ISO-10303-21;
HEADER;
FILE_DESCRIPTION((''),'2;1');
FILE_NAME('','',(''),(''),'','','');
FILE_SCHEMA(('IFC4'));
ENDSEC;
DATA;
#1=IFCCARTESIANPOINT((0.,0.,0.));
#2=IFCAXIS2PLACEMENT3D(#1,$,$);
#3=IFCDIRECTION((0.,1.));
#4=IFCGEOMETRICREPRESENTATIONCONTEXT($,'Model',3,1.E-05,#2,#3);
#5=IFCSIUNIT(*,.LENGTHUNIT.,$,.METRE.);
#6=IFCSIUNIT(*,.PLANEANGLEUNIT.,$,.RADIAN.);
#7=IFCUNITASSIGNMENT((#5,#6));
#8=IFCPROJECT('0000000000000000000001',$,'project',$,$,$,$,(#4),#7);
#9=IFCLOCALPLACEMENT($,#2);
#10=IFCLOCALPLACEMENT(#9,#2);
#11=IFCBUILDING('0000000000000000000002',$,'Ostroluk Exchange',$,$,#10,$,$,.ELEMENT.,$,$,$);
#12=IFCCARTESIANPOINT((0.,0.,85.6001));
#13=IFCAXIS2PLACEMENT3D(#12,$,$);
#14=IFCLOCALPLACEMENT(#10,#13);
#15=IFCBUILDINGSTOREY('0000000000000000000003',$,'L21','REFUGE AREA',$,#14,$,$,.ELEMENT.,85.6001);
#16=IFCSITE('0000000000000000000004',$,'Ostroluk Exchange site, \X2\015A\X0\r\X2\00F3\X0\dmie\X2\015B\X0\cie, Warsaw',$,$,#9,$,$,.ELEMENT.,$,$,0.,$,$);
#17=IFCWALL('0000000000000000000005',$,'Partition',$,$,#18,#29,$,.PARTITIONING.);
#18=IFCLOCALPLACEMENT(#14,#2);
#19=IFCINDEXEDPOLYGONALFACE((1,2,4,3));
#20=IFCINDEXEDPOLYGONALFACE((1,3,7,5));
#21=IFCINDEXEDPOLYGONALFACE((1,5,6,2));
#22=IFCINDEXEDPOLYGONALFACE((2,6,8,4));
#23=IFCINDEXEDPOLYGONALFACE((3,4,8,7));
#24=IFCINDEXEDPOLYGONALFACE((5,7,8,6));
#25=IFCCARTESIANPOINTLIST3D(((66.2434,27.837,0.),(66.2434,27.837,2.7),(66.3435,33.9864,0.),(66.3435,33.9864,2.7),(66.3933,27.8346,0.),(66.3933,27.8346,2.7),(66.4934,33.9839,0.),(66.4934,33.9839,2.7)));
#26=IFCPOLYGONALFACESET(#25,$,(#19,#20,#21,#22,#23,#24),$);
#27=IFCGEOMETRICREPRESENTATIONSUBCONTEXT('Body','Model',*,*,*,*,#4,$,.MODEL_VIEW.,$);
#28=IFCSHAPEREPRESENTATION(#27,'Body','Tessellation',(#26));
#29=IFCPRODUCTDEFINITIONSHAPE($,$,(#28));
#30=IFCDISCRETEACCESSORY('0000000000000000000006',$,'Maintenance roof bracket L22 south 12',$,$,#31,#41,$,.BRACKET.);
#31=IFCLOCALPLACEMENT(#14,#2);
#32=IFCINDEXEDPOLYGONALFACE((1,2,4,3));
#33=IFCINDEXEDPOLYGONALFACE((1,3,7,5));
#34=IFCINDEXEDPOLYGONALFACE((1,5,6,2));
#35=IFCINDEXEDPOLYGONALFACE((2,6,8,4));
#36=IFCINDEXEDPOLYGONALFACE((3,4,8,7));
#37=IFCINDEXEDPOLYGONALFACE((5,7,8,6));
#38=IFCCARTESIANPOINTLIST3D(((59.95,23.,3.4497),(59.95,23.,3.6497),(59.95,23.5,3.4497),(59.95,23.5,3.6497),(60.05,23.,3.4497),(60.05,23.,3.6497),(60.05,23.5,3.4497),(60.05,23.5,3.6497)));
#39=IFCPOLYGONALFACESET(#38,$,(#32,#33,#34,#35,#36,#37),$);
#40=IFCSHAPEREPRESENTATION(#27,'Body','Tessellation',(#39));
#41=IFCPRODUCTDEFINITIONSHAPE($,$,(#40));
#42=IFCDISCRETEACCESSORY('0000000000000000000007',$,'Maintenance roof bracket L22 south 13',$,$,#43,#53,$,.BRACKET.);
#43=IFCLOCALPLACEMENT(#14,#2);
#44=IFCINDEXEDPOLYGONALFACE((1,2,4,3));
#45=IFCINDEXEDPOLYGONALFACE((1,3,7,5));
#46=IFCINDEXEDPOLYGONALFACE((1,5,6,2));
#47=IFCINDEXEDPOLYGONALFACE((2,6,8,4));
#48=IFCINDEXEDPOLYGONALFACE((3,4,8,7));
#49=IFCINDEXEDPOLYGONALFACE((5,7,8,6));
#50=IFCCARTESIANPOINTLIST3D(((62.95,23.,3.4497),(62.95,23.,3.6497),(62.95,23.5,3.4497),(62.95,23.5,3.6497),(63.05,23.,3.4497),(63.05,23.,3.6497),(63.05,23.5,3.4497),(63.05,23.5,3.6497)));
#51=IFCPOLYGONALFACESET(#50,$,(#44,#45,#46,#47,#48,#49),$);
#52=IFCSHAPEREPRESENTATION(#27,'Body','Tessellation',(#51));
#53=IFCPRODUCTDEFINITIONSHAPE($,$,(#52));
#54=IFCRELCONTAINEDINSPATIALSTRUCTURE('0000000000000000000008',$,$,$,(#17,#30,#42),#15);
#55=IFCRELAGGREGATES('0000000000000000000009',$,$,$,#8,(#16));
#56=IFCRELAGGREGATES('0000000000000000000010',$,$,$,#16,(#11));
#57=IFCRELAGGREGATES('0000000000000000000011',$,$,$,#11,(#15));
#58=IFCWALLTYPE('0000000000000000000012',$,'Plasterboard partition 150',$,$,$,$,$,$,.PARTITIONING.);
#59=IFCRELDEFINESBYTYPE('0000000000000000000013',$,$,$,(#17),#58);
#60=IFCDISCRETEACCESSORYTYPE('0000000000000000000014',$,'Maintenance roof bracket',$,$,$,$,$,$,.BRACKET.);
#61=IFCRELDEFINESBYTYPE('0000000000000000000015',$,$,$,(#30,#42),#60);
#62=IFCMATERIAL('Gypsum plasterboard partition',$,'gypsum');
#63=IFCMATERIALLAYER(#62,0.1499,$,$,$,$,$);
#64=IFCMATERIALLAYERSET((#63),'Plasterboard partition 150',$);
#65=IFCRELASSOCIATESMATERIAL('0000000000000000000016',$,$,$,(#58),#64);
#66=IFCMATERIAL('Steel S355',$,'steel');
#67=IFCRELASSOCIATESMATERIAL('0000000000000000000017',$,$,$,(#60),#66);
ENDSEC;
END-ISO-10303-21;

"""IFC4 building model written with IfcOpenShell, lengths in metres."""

from ifc_helpers import new_model, si_unit, direction, frame, frame_2d, origin, origin_2d, place, context, subcontext, project, spatial, rectangle, extrude, material, layer, layer_set, type_object, element, save


model = new_model("IFC4")

# Units and contexts
model_context = context("Model", 3, precision=1e-05, world=origin(), true_north=direction((0.0, 1.0)))
body_context = subcontext(model_context, "Body", "Model", "MODEL_VIEW")
ifc_project = project(units=[si_unit("LENGTHUNIT", "METRE"), si_unit("PLANEANGLEUNIT", "RADIAN")], contexts=[model_context])

# Site, building, storey
site_placement = place(None, origin())
site = spatial("IfcSite", under=ifc_project, at=site_placement, Name="Ostroluk Exchange site, Śródmieście, Warsaw", CompositionType="ELEMENT", RefElevation=0.0)
building_placement = place(site_placement, origin())
building = spatial("IfcBuilding", under=site, at=building_placement, Name="Ostroluk Exchange", CompositionType="ELEMENT")
storey_placement = place(building_placement, frame((0.0, 0.0, 85.6001)))
storey = spatial("IfcBuildingStorey", under=building, at=storey_placement, Name="L21", Description="REFUGE AREA", CompositionType="ELEMENT", Elevation=85.6001)

# Shared definitions
ifc_material_1 = material(Name="Gypsum plasterboard partition", Category="gypsum")
ifc_layer_1 = layer(ifc_material_1, 0.1499)
ifc_layer_set_1 = layer_set([ifc_layer_1], Name="Plasterboard partition 150")
wall_type_1 = type_object("IfcWallType", Name="Plasterboard partition 150", PredefinedType="PARTITIONING", material=ifc_layer_set_1)

# Wall
wall_1_placement = place(storey_placement, frame((66.3184, 27.8357, 0.0), z_axis=(0.0, 0.0, 1.0), x_axis=(0.016275, 0.999868, 0.0)))
element("IfcWall", 1, at=wall_1_placement, inside=storey, type_object=wall_type_1, Name="Partition", PredefinedType="PARTITIONING", context=body_context, shape_type="SweptSolid", body=[
    extrude(rectangle(XDim=6.1501, YDim=0.1499, at=frame_2d((3.0752, 0.0))), origin(), (0.0, 0.0, 1.0), 2.7),
])

# Discrete accessories
ifc_material_2 = material(Name="Steel S355", Category="steel")
discrete_accessory_type = type_object("IfcDiscreteAccessoryType", Name="Maintenance roof bracket", PredefinedType="BRACKET", material=ifc_material_2)
for number, where, z_axis, x_axis, name in (
    (2, (60.0, 23.25, 3.4497), (0.0, 0.0, 1.0), (1.0, 0.0, 0.0), "Maintenance roof bracket L22 south 12"),
    (3, (63.0, 23.25, 3.4497), (0.0, 0.0, 1.0), (1.0, 0.0, 0.0), "Maintenance roof bracket L22 south 13"),
):
    element("IfcDiscreteAccessory", number, at=place(storey_placement, frame(where, z_axis=z_axis, x_axis=x_axis)), inside=storey, type_object=discrete_accessory_type, Name=name, PredefinedType="BRACKET", context=body_context, shape_type="SweptSolid", body=[
        extrude(rectangle(XDim=0.1001, YDim=0.5, at=origin_2d()), origin(), (0.0, 0.0, 1.0), 0.2),
    ])

save(model, "model.ifc")
